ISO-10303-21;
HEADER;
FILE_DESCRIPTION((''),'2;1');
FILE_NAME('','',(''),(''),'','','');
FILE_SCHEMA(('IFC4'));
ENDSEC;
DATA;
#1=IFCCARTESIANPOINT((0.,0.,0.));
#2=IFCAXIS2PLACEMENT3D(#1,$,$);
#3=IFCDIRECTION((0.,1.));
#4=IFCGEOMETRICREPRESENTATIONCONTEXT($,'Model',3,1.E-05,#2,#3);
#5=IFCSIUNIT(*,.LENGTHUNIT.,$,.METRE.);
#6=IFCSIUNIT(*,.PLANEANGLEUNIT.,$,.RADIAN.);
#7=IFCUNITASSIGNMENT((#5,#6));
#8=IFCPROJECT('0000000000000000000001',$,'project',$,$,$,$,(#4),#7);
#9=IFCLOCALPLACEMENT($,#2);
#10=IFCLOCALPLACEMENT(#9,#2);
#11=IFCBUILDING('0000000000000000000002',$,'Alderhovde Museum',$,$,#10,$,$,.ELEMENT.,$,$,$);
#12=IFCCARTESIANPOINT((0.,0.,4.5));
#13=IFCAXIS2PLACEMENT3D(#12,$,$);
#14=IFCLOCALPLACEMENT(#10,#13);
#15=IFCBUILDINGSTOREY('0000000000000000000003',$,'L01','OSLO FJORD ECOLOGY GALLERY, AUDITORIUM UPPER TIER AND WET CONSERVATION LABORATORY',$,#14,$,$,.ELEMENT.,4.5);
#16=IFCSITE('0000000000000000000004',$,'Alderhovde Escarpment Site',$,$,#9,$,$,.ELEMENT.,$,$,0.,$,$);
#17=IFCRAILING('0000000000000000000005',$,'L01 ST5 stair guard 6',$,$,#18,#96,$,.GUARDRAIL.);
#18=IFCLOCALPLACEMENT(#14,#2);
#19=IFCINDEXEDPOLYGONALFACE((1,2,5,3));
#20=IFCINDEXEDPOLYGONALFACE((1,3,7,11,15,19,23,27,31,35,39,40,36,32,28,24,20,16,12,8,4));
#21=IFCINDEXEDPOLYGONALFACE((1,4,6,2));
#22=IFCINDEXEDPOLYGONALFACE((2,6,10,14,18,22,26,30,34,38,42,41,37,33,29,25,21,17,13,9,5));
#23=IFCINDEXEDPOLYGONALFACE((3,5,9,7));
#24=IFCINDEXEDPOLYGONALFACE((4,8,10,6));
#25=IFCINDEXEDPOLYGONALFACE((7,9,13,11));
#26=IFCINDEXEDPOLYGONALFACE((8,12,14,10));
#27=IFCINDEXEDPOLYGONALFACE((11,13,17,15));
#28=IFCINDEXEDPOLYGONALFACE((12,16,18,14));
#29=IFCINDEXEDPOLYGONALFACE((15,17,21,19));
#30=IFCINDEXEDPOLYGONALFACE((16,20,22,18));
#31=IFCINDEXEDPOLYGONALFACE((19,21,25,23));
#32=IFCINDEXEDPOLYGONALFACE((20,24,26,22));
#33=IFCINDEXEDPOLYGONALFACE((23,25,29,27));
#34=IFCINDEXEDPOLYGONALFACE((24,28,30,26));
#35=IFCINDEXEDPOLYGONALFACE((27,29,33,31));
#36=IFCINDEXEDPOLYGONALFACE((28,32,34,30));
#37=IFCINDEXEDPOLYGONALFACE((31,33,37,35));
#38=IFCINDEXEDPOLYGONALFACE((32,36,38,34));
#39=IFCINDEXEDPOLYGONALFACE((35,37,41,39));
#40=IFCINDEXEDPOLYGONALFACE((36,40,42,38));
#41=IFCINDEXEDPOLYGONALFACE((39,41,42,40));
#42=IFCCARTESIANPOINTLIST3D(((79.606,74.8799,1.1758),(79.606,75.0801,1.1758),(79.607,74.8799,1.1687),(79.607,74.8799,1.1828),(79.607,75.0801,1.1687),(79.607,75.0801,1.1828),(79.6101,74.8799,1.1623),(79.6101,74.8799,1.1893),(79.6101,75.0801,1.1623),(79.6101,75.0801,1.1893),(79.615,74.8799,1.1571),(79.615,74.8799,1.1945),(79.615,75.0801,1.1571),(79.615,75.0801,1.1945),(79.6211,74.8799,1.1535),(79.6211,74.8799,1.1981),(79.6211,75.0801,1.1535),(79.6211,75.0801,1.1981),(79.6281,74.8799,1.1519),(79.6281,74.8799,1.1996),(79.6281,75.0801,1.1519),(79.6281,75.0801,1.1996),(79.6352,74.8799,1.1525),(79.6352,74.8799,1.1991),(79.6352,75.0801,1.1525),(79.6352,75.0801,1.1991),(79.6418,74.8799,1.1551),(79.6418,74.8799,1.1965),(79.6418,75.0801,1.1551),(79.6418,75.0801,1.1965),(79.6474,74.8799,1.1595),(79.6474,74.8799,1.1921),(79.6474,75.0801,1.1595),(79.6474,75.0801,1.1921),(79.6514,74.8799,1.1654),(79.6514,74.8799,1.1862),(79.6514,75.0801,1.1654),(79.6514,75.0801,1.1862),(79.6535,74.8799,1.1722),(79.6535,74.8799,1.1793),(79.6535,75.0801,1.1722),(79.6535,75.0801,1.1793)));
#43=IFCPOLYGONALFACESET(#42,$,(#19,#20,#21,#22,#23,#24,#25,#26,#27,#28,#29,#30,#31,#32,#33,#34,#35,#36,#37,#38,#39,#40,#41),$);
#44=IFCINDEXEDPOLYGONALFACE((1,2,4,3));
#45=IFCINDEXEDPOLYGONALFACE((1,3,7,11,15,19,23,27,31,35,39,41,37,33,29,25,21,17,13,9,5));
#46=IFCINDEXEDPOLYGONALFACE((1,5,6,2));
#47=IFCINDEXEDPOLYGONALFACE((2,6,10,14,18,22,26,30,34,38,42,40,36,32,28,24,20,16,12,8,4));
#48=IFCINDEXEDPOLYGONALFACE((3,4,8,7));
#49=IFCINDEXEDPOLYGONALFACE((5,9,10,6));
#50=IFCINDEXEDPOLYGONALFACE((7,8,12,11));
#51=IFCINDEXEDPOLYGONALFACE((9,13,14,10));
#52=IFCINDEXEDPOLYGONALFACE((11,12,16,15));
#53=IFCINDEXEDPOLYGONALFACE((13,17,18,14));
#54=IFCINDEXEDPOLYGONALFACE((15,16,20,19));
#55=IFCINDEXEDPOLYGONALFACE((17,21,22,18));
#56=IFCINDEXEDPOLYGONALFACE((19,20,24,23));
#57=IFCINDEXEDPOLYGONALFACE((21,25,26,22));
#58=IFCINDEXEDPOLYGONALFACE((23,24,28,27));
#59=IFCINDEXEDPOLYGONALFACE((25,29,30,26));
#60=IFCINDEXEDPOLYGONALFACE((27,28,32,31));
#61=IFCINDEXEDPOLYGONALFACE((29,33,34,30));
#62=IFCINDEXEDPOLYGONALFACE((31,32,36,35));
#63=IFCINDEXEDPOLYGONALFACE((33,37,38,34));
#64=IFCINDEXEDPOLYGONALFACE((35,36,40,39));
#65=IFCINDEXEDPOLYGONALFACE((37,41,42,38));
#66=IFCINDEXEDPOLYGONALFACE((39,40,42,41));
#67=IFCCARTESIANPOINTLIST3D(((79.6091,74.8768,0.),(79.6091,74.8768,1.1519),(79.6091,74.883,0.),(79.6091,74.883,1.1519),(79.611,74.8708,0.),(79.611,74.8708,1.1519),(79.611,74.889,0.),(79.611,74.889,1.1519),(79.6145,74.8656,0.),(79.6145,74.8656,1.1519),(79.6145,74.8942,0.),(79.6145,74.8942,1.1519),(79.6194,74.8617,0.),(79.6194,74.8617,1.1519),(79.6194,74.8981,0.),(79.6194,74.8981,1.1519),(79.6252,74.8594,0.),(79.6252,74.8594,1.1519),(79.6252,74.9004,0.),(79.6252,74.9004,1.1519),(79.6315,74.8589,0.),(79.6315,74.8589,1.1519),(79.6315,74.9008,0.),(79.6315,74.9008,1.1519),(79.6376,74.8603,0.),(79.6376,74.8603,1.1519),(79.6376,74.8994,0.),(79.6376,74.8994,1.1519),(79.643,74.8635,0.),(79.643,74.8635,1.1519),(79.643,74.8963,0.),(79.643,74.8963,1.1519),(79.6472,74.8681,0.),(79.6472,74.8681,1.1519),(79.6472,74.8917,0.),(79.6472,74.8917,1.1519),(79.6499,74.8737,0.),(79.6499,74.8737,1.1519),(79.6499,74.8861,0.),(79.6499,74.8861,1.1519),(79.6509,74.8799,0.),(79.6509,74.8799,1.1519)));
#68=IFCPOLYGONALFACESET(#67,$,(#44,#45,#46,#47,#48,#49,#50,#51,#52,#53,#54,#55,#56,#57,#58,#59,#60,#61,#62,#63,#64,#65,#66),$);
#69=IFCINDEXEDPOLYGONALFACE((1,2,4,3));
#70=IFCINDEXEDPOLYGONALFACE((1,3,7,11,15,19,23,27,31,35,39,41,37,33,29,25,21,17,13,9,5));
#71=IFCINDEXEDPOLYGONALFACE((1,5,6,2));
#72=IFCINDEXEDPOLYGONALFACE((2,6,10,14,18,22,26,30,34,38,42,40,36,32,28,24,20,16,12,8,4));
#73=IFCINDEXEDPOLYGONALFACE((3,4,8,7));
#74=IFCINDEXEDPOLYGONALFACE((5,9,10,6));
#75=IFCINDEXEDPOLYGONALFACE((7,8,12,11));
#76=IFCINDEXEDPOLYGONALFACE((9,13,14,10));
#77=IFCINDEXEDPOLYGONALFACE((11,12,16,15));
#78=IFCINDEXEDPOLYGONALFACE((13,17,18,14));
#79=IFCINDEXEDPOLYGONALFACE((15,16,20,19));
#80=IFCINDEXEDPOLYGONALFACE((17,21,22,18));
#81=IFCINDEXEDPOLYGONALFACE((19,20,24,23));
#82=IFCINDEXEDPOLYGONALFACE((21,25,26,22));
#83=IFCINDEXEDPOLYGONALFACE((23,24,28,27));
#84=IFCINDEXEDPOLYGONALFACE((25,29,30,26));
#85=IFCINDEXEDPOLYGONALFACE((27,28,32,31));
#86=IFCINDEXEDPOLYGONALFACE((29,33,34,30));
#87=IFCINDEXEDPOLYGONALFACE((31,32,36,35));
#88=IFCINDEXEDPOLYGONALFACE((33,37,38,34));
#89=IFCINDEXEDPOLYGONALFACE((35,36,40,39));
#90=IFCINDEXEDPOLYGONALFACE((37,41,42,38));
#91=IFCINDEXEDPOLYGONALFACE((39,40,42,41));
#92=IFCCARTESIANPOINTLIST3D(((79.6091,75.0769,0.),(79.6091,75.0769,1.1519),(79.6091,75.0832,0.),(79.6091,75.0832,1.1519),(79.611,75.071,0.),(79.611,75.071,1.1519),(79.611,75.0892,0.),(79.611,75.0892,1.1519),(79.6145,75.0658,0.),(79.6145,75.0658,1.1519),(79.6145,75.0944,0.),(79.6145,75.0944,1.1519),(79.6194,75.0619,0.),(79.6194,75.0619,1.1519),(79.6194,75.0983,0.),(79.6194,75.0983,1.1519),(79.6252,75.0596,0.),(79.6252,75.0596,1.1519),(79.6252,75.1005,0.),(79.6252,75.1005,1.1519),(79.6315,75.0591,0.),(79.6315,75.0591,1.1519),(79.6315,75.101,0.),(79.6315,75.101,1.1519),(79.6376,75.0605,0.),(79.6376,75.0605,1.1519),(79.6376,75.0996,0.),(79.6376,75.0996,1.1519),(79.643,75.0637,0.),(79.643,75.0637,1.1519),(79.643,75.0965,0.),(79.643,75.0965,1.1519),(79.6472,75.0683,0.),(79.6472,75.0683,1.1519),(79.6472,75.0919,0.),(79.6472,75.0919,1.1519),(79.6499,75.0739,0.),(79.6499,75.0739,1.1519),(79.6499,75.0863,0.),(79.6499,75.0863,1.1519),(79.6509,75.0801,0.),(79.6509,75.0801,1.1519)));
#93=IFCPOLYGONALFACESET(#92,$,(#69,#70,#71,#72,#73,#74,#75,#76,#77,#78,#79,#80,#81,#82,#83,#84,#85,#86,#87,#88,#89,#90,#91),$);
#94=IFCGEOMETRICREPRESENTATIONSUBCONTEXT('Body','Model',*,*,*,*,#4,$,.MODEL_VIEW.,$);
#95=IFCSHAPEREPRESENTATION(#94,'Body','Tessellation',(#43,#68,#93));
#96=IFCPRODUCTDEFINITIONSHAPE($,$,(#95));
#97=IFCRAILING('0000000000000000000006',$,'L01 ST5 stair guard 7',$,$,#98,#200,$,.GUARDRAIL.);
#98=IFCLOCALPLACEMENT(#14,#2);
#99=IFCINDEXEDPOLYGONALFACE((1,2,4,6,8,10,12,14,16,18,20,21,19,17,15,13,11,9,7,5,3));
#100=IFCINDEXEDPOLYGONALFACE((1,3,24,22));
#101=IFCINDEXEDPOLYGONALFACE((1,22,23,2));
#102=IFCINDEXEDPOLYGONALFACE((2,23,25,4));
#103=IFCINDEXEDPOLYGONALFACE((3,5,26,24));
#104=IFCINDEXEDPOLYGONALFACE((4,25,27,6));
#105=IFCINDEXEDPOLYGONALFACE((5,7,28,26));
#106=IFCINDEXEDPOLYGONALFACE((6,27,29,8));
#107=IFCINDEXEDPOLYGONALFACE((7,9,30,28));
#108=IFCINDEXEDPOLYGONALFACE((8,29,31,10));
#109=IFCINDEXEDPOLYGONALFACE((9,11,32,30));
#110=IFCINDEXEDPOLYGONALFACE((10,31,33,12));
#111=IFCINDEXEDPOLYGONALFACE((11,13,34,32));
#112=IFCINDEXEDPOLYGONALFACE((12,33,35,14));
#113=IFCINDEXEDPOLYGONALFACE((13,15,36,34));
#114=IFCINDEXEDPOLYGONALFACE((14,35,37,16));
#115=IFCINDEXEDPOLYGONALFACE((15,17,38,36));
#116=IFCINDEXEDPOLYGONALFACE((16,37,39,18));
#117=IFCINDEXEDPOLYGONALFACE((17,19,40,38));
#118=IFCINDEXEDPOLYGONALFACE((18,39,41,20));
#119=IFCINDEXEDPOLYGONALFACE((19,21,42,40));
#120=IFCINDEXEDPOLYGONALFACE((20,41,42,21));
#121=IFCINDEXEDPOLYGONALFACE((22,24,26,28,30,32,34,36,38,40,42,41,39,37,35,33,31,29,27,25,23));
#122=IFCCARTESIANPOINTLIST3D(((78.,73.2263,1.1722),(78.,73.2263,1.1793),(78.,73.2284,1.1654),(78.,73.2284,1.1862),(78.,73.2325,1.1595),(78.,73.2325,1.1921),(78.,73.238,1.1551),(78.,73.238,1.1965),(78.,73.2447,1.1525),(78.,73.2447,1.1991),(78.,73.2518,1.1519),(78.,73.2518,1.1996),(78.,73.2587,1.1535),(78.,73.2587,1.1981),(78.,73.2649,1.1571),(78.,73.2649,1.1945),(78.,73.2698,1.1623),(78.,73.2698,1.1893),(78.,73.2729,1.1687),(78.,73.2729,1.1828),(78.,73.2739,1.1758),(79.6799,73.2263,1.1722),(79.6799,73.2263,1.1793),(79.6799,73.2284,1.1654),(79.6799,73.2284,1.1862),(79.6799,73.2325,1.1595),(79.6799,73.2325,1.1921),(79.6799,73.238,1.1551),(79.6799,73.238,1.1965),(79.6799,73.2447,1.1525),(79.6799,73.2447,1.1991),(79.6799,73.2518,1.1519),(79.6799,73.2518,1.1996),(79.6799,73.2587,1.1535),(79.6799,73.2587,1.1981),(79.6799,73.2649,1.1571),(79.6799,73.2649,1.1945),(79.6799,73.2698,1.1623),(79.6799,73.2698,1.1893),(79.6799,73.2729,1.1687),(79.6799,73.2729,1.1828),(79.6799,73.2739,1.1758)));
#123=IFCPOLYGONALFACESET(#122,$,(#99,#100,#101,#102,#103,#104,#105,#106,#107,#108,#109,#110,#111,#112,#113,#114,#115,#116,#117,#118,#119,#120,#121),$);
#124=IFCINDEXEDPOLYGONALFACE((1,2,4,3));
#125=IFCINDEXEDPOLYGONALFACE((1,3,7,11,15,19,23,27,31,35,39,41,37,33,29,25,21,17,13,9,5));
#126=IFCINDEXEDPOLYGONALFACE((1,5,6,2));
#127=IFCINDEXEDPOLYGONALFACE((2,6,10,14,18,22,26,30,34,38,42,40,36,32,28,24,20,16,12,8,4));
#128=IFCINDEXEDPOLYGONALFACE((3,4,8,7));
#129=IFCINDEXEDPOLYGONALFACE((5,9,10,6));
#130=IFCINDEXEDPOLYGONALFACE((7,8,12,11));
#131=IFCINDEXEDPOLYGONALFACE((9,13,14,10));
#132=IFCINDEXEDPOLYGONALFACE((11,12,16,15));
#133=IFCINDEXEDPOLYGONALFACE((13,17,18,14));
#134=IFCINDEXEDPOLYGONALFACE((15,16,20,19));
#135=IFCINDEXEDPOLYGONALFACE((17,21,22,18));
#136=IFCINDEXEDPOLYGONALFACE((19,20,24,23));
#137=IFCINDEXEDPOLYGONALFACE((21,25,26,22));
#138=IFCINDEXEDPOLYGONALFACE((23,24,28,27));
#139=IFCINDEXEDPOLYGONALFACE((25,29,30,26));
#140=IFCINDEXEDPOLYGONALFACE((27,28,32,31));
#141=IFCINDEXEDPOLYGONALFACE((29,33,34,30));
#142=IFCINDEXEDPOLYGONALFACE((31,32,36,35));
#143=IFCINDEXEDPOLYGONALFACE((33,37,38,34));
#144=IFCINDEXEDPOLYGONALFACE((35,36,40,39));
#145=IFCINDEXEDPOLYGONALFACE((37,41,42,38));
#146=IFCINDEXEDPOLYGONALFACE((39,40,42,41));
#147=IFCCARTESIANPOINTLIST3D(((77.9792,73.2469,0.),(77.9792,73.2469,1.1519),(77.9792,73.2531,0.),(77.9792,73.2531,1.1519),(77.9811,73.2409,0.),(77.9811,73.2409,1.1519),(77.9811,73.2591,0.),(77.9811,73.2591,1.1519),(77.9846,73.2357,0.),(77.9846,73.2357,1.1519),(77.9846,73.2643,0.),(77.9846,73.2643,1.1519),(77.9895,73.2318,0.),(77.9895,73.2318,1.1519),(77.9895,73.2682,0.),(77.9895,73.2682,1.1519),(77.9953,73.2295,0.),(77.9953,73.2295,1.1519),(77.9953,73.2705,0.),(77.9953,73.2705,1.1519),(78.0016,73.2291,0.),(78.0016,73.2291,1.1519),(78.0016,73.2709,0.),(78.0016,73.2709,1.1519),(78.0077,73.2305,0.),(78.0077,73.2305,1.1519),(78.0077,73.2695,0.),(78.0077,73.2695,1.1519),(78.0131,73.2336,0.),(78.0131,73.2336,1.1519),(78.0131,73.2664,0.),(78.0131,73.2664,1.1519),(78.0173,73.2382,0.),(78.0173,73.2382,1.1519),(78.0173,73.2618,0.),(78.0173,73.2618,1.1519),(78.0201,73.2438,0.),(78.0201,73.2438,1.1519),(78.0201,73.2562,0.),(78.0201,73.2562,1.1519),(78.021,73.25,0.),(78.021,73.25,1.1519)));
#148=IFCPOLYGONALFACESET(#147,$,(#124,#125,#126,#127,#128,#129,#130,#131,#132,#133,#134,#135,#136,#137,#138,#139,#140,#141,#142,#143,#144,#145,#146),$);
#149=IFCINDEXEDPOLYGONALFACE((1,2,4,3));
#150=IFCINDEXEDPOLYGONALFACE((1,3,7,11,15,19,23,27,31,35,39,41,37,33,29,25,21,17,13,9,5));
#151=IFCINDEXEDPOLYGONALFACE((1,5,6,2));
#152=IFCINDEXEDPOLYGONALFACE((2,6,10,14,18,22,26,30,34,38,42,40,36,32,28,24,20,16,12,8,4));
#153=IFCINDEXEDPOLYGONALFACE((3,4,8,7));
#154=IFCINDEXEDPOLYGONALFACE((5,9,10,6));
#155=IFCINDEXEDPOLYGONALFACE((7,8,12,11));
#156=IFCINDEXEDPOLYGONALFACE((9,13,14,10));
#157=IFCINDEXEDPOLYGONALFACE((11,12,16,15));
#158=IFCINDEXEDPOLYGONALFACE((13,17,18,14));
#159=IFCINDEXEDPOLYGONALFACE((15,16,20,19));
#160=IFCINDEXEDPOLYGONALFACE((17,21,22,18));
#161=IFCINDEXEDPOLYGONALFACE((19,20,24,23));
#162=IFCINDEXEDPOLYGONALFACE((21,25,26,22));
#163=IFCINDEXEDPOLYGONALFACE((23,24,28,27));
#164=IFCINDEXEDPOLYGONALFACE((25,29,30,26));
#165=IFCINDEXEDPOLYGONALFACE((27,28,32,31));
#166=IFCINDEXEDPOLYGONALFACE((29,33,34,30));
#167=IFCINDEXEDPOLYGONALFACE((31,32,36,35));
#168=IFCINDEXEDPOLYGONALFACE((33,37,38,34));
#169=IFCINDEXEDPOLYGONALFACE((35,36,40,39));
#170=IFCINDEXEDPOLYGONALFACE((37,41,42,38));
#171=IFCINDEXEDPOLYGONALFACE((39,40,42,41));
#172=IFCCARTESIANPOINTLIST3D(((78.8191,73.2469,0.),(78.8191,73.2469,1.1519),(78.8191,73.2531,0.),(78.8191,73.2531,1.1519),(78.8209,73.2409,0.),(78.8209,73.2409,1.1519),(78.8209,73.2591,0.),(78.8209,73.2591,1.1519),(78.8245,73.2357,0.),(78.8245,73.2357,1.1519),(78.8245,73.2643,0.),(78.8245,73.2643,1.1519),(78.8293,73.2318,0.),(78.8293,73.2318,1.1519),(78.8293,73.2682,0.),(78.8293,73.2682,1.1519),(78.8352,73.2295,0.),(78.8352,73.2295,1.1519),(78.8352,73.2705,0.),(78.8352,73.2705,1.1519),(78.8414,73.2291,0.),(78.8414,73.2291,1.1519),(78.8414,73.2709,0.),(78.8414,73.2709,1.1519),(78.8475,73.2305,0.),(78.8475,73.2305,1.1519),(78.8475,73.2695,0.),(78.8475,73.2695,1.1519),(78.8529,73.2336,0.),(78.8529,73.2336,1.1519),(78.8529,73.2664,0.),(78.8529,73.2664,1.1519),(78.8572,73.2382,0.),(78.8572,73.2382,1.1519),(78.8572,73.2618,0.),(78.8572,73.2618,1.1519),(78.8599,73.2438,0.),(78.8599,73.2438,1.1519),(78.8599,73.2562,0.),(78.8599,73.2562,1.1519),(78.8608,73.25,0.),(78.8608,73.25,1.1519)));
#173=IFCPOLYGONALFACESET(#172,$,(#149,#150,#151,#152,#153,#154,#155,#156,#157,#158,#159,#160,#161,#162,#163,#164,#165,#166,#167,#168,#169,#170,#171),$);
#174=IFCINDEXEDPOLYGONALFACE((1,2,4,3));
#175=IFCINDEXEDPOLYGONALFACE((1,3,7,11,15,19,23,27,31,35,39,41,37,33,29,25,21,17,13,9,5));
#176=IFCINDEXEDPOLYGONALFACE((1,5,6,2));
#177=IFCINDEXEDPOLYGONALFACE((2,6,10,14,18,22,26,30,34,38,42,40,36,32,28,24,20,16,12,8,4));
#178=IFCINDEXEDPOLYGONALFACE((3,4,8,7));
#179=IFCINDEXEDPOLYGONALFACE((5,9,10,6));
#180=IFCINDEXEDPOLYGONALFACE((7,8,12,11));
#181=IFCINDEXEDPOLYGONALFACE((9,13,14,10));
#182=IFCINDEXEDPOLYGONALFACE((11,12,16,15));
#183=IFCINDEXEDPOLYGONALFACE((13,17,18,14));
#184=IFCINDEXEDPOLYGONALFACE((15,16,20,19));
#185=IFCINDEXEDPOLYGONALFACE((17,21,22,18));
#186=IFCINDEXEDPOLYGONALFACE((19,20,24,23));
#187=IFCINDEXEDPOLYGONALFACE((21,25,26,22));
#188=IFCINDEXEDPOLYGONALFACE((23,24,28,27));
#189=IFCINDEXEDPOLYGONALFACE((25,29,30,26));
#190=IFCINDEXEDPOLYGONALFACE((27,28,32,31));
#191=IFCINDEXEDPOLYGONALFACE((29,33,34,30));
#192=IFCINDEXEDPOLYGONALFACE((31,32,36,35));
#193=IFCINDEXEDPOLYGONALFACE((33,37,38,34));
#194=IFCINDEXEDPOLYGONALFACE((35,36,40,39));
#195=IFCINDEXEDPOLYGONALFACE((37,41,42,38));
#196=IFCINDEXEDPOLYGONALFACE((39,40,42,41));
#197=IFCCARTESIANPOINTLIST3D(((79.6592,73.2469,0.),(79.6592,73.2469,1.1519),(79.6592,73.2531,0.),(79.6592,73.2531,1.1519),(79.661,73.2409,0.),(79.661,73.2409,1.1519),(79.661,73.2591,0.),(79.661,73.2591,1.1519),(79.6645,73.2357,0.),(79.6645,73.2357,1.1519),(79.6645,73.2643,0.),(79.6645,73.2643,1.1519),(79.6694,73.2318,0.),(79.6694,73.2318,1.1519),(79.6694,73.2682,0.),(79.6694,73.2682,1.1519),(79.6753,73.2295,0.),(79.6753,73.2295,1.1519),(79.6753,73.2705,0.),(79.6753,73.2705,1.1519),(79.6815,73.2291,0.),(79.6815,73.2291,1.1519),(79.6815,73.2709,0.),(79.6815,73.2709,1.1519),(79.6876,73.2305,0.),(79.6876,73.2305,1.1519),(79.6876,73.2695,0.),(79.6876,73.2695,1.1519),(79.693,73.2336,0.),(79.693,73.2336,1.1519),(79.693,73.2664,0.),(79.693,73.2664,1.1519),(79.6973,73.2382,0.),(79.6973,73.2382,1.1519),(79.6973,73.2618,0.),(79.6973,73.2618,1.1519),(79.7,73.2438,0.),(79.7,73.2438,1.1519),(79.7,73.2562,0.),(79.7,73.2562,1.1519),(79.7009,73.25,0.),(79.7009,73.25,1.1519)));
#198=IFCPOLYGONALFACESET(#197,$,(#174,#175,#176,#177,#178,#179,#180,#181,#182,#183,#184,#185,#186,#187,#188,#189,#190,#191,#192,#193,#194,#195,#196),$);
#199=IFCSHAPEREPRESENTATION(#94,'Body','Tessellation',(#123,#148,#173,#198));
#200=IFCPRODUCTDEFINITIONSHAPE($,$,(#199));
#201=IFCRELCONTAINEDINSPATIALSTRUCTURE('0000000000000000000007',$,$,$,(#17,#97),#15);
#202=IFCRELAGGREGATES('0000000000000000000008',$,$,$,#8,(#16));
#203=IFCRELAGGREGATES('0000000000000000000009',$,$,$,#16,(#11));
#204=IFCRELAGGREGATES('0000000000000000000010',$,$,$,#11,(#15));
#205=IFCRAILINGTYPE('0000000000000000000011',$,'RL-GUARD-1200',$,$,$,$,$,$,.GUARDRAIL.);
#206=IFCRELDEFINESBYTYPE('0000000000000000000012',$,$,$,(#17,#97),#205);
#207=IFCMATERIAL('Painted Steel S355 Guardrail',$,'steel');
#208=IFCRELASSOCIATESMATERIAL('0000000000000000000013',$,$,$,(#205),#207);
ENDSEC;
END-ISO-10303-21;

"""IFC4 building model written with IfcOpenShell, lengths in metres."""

from ifc_helpers import new_model, si_unit, direction, frame, origin, origin_2d, place, context, subcontext, project, spatial, circle, extrude, material, type_object, element, save


model = new_model("IFC4")

# Units and contexts
model_context = context("Model", 3, precision=1e-05, world=origin(), true_north=direction((0.0, 1.0)))
body_context = subcontext(model_context, "Body", "Model", "MODEL_VIEW")
ifc_project = project(units=[si_unit("LENGTHUNIT", "METRE"), si_unit("PLANEANGLEUNIT", "RADIAN")], contexts=[model_context])

# Site, building, storey
site_placement = place(None, origin())
site = spatial("IfcSite", under=ifc_project, at=site_placement, Name="Alderhovde Escarpment Site", CompositionType="ELEMENT", RefElevation=0.0)
building_placement = place(site_placement, origin())
building = spatial("IfcBuilding", under=site, at=building_placement, Name="Alderhovde Museum", CompositionType="ELEMENT")
storey_placement = place(building_placement, frame((0.0, 0.0, 4.5)))
storey = spatial("IfcBuildingStorey", under=building, at=storey_placement, Name="L01", Description="OSLO FJORD ECOLOGY GALLERY, AUDITORIUM UPPER TIER AND WET CONSERVATION LABORATORY", CompositionType="ELEMENT", Elevation=4.5)

# Railings
ifc_material_1 = material(Name="Painted Steel S355 Guardrail", Category="steel")
railing_type_1 = type_object("IfcRailingType", Name="RL-GUARD-1200", PredefinedType="GUARDRAIL", material=ifc_material_1)
railing_1_placement = place(storey_placement, frame((79.6299, 74.8799, 0.0)))
element("IfcRailing", 1, at=railing_1_placement, inside=storey, type_object=railing_type_1, Name="L01 ST5 stair guard 6", PredefinedType="GUARDRAIL", context=body_context, shape_type="SweptSolid", body=[
    extrude(circle(Radius=0.0239, at=origin_2d()), frame((0.0, 0.0, 1.1758), z_axis=(0.0, 1.0, 0.0), x_axis=(-1.0, 0.0, 0.0)), (0.0, 0.0, 1.0), 0.2002),
    extrude(circle(Radius=0.021, at=origin_2d()), origin(), (0.0, 0.0, 1.0), 1.1519),
    extrude(circle(Radius=0.021, at=origin_2d()), frame((0.0, 0.2002, 0.0)), (0.0, 0.0, 1.0), 1.1519),
])
for number, where, name in (
    (2, (78.0, 73.25, 0.0), "L01 ST5 stair guard 7"),
):
    element("IfcRailing", number, at=place(storey_placement, frame(where)), inside=storey, type_object=railing_type_1, Name=name, PredefinedType="GUARDRAIL", context=body_context, shape_type="SweptSolid", body=[
        extrude(circle(Radius=0.0239, at=origin_2d()), frame((0.0, 0.0, 1.1758), z_axis=(1.0, 0.0, 0.0), x_axis=(0.0, 1.0, 0.0)), (0.0, 0.0, 1.0), 1.6799),
        extrude(circle(Radius=0.021, at=origin_2d()), origin(), (0.0, 0.0, 1.0), 1.1519),
        extrude(circle(Radius=0.021, at=origin_2d()), frame((0.8398, 0.0, 0.0)), (0.0, 0.0, 1.0), 1.1519),
        extrude(circle(Radius=0.021, at=origin_2d()), frame((1.6799, 0.0, 0.0)), (0.0, 0.0, 1.0), 1.1519),
    ])

save(model, "model.ifc")
